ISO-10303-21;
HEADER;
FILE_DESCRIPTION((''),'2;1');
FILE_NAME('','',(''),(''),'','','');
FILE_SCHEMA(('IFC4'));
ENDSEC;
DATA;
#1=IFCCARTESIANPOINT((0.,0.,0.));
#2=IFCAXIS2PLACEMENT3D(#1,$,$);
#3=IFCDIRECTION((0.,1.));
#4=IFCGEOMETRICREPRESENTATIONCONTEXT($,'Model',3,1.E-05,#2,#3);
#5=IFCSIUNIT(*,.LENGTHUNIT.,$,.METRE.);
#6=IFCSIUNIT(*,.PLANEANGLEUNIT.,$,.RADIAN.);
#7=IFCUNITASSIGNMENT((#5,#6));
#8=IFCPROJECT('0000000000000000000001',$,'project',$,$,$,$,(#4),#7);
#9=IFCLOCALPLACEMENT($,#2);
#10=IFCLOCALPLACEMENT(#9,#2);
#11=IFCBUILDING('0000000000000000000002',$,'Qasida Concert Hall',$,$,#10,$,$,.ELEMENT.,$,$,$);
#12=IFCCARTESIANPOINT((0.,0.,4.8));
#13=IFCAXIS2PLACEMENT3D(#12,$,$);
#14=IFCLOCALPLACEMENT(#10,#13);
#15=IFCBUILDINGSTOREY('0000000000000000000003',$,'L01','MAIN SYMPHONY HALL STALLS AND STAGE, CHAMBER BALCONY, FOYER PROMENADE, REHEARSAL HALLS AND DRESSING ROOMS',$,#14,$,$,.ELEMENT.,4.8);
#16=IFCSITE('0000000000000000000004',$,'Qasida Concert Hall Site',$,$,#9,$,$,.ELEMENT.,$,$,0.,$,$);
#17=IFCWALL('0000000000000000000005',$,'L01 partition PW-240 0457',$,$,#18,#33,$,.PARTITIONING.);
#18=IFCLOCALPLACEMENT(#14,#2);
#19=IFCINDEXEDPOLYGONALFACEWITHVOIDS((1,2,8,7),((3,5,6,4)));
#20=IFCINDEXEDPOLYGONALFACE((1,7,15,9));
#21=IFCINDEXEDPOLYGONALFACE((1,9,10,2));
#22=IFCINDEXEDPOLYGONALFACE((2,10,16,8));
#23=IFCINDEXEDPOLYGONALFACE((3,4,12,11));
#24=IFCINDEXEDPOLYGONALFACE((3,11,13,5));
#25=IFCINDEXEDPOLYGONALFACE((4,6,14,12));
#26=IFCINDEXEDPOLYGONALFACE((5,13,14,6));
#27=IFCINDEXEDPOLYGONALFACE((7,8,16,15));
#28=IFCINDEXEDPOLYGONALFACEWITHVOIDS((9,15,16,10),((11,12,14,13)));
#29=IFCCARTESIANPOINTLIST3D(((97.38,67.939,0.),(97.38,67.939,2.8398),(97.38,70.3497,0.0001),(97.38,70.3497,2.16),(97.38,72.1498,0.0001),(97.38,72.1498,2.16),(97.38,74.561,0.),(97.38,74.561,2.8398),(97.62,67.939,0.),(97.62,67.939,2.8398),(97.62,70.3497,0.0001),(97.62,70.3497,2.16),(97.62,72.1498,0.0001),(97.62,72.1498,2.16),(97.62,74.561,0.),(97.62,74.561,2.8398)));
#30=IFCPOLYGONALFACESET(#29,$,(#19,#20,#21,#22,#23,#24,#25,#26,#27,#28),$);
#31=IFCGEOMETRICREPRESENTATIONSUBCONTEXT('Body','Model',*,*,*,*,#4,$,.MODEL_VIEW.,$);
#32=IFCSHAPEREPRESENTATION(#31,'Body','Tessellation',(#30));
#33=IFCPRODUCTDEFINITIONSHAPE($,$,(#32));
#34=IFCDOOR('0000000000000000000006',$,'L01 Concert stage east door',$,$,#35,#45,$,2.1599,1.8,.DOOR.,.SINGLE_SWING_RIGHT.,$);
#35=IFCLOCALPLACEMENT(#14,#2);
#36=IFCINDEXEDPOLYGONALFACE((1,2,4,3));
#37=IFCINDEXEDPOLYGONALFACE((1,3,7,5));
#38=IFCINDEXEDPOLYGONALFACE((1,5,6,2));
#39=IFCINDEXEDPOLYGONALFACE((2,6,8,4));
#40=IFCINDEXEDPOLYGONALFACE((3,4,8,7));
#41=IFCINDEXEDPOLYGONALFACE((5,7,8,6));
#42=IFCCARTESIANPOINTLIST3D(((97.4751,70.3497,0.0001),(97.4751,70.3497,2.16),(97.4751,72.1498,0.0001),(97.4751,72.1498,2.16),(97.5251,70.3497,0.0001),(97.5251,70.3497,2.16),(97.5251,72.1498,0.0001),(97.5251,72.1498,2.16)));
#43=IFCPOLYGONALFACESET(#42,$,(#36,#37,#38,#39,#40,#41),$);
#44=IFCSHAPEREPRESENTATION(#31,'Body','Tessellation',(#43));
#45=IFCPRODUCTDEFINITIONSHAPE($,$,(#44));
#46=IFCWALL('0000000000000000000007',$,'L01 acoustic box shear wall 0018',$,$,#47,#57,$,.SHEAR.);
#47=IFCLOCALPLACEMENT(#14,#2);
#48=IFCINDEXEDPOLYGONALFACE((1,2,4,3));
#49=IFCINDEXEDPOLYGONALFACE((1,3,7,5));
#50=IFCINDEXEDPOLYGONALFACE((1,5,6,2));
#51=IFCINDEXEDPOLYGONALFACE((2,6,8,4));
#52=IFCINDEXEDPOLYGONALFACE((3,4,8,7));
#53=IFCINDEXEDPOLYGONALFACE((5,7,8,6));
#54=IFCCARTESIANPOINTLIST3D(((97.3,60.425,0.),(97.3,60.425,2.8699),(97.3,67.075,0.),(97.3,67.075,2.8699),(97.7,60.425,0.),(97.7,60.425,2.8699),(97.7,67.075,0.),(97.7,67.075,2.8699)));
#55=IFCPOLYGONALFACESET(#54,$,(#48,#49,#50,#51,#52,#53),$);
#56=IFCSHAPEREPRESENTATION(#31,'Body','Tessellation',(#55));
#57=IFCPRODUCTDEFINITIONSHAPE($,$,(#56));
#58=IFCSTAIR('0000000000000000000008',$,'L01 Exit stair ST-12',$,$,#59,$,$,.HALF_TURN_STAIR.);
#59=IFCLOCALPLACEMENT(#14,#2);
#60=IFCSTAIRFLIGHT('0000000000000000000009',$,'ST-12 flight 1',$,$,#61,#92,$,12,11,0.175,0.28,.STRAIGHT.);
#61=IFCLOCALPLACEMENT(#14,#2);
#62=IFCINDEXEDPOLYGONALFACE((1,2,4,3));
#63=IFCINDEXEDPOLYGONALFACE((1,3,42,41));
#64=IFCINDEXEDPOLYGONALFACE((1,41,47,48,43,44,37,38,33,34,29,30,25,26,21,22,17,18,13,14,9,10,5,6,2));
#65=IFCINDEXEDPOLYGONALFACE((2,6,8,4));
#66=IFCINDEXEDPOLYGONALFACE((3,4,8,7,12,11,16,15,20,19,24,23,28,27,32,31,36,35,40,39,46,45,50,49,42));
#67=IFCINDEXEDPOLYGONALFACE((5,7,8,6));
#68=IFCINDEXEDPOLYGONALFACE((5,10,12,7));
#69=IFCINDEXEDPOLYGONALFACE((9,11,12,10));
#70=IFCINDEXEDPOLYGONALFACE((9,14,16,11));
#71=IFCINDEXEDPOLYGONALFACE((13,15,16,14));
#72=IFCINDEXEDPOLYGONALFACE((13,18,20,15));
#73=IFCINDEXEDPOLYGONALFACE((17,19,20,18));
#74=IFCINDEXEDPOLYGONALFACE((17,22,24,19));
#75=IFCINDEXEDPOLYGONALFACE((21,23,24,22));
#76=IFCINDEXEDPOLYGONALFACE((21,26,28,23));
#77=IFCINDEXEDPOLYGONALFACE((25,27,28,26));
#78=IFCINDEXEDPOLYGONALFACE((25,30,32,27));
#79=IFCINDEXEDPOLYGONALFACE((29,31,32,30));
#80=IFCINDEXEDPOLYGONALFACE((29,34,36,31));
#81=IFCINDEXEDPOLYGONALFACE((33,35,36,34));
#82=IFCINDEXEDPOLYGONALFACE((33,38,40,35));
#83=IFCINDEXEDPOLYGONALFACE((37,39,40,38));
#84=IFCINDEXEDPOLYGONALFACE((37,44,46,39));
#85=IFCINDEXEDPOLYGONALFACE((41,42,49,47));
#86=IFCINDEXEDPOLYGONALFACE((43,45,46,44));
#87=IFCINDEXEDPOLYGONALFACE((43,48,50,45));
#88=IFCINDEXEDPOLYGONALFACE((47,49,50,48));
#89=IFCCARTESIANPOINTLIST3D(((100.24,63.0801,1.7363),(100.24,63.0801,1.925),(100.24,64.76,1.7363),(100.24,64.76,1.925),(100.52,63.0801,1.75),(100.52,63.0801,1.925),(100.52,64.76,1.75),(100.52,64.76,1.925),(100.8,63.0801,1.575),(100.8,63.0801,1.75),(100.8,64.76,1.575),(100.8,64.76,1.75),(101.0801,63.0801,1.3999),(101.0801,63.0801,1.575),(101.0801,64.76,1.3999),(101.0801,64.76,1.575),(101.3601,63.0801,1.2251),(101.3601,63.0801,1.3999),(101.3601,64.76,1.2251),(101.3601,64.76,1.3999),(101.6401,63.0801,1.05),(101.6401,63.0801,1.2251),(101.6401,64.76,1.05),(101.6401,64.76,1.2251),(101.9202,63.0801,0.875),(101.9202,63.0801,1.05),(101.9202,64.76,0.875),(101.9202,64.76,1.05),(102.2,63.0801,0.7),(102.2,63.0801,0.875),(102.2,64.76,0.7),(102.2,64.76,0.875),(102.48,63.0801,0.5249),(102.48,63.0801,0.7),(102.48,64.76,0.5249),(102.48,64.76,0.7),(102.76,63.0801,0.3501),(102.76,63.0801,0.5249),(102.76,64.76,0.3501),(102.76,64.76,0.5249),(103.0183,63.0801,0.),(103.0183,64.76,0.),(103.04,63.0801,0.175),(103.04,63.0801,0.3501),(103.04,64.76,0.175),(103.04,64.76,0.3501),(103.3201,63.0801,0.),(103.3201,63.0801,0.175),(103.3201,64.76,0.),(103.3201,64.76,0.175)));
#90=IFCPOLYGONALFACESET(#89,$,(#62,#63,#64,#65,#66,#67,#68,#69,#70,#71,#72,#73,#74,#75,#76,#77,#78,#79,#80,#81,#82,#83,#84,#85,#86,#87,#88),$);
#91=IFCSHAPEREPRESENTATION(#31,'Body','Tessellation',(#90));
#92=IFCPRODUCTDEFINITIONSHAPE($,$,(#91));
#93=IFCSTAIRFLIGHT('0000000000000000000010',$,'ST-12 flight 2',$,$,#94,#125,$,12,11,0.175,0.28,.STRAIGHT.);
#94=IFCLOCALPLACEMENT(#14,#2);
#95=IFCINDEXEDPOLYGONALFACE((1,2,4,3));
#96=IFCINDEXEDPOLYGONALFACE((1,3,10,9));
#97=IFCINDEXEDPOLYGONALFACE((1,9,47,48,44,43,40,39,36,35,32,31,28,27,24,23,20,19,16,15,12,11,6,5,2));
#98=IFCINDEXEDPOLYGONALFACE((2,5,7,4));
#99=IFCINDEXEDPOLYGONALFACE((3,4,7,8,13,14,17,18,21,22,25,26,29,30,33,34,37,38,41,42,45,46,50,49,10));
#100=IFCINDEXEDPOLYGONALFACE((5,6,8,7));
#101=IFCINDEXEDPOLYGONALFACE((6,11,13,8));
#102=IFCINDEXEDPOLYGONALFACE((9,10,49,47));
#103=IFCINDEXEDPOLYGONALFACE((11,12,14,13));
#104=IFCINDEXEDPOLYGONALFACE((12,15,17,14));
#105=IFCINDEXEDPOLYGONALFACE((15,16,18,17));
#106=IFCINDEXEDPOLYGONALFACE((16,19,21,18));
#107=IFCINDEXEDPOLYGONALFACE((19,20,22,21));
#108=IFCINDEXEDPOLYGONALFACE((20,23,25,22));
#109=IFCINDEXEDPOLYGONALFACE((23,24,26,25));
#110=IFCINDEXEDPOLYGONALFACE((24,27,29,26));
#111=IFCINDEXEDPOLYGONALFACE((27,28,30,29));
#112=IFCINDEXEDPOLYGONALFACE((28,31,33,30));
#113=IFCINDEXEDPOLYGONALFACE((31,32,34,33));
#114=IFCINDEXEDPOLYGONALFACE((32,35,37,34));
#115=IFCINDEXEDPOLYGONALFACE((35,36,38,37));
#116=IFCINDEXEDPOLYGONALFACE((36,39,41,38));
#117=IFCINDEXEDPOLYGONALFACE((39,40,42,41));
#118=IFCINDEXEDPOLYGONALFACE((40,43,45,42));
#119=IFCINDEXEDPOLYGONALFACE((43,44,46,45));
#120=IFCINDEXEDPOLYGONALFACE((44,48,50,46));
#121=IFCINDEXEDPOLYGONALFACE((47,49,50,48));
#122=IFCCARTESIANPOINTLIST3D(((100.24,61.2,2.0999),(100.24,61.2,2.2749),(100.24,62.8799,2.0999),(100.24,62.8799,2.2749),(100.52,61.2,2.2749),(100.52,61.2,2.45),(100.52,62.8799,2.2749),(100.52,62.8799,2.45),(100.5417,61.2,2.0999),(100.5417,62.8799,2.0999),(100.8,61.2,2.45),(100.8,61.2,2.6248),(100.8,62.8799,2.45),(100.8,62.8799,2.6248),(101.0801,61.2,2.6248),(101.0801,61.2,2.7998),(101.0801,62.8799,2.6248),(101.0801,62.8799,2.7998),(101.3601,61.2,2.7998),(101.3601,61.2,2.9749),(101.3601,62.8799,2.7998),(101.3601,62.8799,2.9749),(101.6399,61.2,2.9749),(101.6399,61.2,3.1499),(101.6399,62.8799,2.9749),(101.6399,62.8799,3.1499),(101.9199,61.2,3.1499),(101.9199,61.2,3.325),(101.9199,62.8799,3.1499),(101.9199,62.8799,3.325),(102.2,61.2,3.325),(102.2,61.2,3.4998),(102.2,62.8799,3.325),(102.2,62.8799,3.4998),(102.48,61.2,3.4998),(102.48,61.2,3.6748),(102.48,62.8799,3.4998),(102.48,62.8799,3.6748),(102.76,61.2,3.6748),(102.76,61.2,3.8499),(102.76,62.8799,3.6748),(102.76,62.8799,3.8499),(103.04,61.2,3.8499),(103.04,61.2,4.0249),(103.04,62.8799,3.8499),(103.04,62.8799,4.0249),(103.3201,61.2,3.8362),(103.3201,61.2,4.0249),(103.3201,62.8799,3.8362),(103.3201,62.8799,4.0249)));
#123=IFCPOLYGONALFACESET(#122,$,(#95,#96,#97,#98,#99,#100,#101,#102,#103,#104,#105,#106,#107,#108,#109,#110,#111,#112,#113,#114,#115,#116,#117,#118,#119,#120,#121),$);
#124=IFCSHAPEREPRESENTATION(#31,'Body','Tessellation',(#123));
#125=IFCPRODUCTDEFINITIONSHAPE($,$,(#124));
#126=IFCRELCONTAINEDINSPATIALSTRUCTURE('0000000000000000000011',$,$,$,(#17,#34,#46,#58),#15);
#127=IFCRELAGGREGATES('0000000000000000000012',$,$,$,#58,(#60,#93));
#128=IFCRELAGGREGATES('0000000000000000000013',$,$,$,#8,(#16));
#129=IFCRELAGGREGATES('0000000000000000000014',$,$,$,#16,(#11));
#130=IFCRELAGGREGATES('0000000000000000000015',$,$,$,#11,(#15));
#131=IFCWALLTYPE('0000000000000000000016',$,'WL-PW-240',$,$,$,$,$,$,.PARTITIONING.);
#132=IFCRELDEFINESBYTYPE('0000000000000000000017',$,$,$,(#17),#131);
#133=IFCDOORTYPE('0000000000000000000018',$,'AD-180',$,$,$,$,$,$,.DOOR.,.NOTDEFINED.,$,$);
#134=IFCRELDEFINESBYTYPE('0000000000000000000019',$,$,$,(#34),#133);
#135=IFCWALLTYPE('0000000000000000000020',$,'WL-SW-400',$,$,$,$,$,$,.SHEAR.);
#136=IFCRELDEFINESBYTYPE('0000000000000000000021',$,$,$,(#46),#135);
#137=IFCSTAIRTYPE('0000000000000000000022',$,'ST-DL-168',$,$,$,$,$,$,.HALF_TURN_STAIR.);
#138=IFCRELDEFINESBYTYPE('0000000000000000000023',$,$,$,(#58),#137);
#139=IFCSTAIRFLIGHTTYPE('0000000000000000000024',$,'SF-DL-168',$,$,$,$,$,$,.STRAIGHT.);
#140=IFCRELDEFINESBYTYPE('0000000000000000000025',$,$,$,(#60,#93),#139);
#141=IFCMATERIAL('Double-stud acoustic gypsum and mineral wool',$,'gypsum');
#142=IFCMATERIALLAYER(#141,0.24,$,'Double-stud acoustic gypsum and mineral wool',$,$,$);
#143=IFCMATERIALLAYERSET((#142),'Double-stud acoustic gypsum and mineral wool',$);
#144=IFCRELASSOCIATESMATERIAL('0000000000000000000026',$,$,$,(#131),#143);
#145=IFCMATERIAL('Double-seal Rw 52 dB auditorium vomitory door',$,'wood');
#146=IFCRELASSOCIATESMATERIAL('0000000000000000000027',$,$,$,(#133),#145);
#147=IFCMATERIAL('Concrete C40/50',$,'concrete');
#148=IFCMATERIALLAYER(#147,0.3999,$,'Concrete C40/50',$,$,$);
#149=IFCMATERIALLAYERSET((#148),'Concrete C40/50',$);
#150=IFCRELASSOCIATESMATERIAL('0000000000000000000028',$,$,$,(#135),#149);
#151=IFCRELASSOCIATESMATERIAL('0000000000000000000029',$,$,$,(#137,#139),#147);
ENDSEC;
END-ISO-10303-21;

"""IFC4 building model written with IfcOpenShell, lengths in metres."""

from ifc_helpers import new_model, si_unit, direction, frame, frame_2d, origin, place, context, subcontext, project, spatial, polyline, rectangle, outline, extrude, material, layer, layer_set, type_object, element, fill, aggregate, save


model = new_model("IFC4")

# Units and contexts
model_context = context("Model", 3, precision=1e-05, world=origin(), true_north=direction((0.0, 1.0)))
body_context = subcontext(model_context, "Body", "Model", "MODEL_VIEW")
ifc_project = project(units=[si_unit("LENGTHUNIT", "METRE"), si_unit("PLANEANGLEUNIT", "RADIAN")], contexts=[model_context])

# Site, building, storey
site_placement = place(None, origin())
site = spatial("IfcSite", under=ifc_project, at=site_placement, Name="Qasida Concert Hall Site", CompositionType="ELEMENT", RefElevation=0.0)
building_placement = place(site_placement, origin())
building = spatial("IfcBuilding", under=site, at=building_placement, Name="Qasida Concert Hall", CompositionType="ELEMENT")
storey_placement = place(building_placement, frame((0.0, 0.0, 4.8)))
storey = spatial("IfcBuildingStorey", under=building, at=storey_placement, Name="L01", Description="MAIN SYMPHONY HALL STALLS AND STAGE, CHAMBER BALCONY, FOYER PROMENADE, REHEARSAL HALLS AND DRESSING ROOMS", CompositionType="ELEMENT", Elevation=4.8)

# Shared definitions
ifc_material_1 = material(Name="Concrete C40/50", Category="concrete")

# Wall, opening, door
ifc_material_2 = material(Name="Double-stud acoustic gypsum and mineral wool", Category="gypsum")
ifc_layer_1 = layer(ifc_material_2, 0.24, Name="Double-stud acoustic gypsum and mineral wool")
ifc_layer_set_1 = layer_set([ifc_layer_1], Name="Double-stud acoustic gypsum and mineral wool")
wall_type_1 = type_object("IfcWallType", Name="WL-PW-240", PredefinedType="PARTITIONING", material=ifc_layer_set_1)
wall_1_placement = place(storey_placement, frame((97.5, 67.939, 0.0), z_axis=(0.0, 0.0, 1.0), x_axis=(0.0, 1.0, 0.0)))
wall_1 = element("IfcWall", 1, at=wall_1_placement, inside=storey, type_object=wall_type_1, Name="L01 partition PW-240 0457", PredefinedType="PARTITIONING", context=body_context, shape_type="SweptSolid", body=[
    extrude(rectangle(XDim=6.6221, YDim=0.24, at=frame_2d((3.311, 0.0))), origin(), (0.0, 0.0, 1.0), 2.8398),
])
opening_1_placement = place(wall_1_placement, frame((2.4109, 0.0, 0.0)))
opening_1 = element("IfcOpeningElement", 2, at=opening_1_placement, cuts=wall_1, PredefinedType="OPENING", context=body_context, shape_type="SweptSolid", body=[
    extrude(rectangle(XDim=1.8, YDim=2.1599, at=frame_2d((0.8999, 1.0801))), frame((0.0, 0.1299, 0.0), z_axis=(0.0, -1.0, 0.0), x_axis=(1.0, 0.0, 0.0)), (0.0, 0.0, 1.0), 0.26),
])
ifc_material_3 = material(Name="Double-seal Rw 52 dB auditorium vomitory door", Category="wood")
door_type_1 = type_object("IfcDoorType", Name="AD-180", OperationType="NOTDEFINED", PredefinedType="DOOR", material=ifc_material_3)
door_1_placement = place(opening_1_placement, origin())
door_1 = element("IfcDoor", 3, at=door_1_placement, inside=storey, type_object=door_type_1, Name="L01 Concert stage east door", OperationType="SINGLE_SWING_RIGHT", OverallHeight=2.1599, OverallWidth=1.8, PredefinedType="DOOR", context=body_context, shape_type="SweptSolid", body=[
    extrude(rectangle(XDim=1.8, YDim=2.1599, at=frame_2d((0.8999, 1.0801))), frame((0.0, 0.0249, 0.0), z_axis=(0.0, -1.0, 0.0), x_axis=(1.0, 0.0, 0.0)), (0.0, 0.0, 1.0), 0.05),
])
fill(opening_1, door_1)

# Wall
ifc_layer_2 = layer(ifc_material_1, 0.3999, Name="Concrete C40/50")
ifc_layer_set_2 = layer_set([ifc_layer_2], Name="Concrete C40/50")
wall_type_2 = type_object("IfcWallType", Name="WL-SW-400", PredefinedType="SHEAR", material=ifc_layer_set_2)
wall_2_placement = place(storey_placement, frame((97.5, 60.425, 0.0), z_axis=(0.0, 0.0, 1.0), x_axis=(0.0, 1.0, 0.0)))
element("IfcWall", 4, at=wall_2_placement, inside=storey, type_object=wall_type_2, Name="L01 acoustic box shear wall 0018", PredefinedType="SHEAR", context=body_context, shape_type="SweptSolid", body=[
    extrude(rectangle(XDim=6.6499, YDim=0.3999, at=frame_2d((3.325, 0.0))), origin(), (0.0, 0.0, 1.0), 2.8699),
])

# Stair, stair flights
stair_type = type_object("IfcStairType", Name="ST-DL-168", PredefinedType="HALF_TURN_STAIR", material=ifc_material_1)
stair_placement = place(storey_placement, origin())
stair = element("IfcStair", 5, at=stair_placement, inside=storey, type_object=stair_type, Name="L01 Exit stair ST-12", PredefinedType="HALF_TURN_STAIR")
stair_flight_type = type_object("IfcStairFlightType", Name="SF-DL-168", PredefinedType="STRAIGHT", material=ifc_material_1)
stair_flight_1_placement = place(storey_placement, frame((103.3201, 63.9199, 0.0), z_axis=(0.0, 0.0, 1.0), x_axis=(-1.0, 0.0, 0.0)))
stair_flight_1 = element("IfcStairFlight", 6, at=stair_flight_1_placement, type_object=stair_flight_type, Name="ST-12 flight 1", NumberOfRisers=12, NumberOfTreads=11, PredefinedType="STRAIGHT", RiserHeight=0.175, TreadLength=0.28, context=body_context, shape_type="SweptSolid", body=[
    extrude(outline(polyline([(0.0, 0.0), (0.0, 0.175), (0.28, 0.175), (0.28, 0.3501), (0.5601, 0.3501), (0.5601, 0.5249), (0.8401, 0.5249), (0.8401, 0.7), (1.1201, 0.7), (1.1201, 0.875), (1.3999, 0.875), (1.3999, 1.05), (1.6799, 1.05), (1.6799, 1.2251), (1.96, 1.2251), (1.96, 1.3999), (2.24, 1.3999), (2.24, 1.575), (2.52, 1.575), (2.52, 1.75), (2.8, 1.75), (2.8, 1.925), (3.0801, 1.925), (3.0801, 2.1001), (3.0801, 1.7363), (0.3018, 0.0), (0.0, 0.0)])), frame((0.0, 0.8398, 0.0), z_axis=(0.0, -1.0, 0.0), x_axis=(1.0, 0.0, 0.0)), (0.0, 0.0, 1.0), 1.6799),
])
stair_flight_2_placement = place(storey_placement, frame((100.24, 62.04, 2.0999), z_axis=(0.0, 0.0, 1.0), x_axis=(1.0, 0.0, 0.0)))
stair_flight_2 = element("IfcStairFlight", 7, at=stair_flight_2_placement, type_object=stair_flight_type, Name="ST-12 flight 2", NumberOfRisers=12, NumberOfTreads=11, PredefinedType="STRAIGHT", RiserHeight=0.175, TreadLength=0.28, context=body_context, shape_type="SweptSolid", body=[
    extrude(outline(polyline([(0.0, 0.0), (0.0, 0.175), (0.28, 0.175), (0.28, 0.3501), (0.5601, 0.3501), (0.5601, 0.5249), (0.8401, 0.5249), (0.8401, 0.7), (1.1201, 0.7), (1.1201, 0.875), (1.3999, 0.875), (1.3999, 1.05), (1.6799, 1.05), (1.6799, 1.2251), (1.96, 1.2251), (1.96, 1.3999), (2.24, 1.3999), (2.24, 1.575), (2.52, 1.575), (2.52, 1.75), (2.8, 1.75), (2.8, 1.925), (3.0801, 1.925), (3.0801, 2.1001), (3.0801, 1.7363), (0.3018, 0.0), (0.0, 0.0)])), frame((0.0, 0.8398, 0.0), z_axis=(0.0, -1.0, 0.0), x_axis=(1.0, 0.0, 0.0)), (0.0, 0.0, 1.0), 1.6799),
])
aggregate(stair, [stair_flight_1, stair_flight_2])

save(model, "model.ifc")
